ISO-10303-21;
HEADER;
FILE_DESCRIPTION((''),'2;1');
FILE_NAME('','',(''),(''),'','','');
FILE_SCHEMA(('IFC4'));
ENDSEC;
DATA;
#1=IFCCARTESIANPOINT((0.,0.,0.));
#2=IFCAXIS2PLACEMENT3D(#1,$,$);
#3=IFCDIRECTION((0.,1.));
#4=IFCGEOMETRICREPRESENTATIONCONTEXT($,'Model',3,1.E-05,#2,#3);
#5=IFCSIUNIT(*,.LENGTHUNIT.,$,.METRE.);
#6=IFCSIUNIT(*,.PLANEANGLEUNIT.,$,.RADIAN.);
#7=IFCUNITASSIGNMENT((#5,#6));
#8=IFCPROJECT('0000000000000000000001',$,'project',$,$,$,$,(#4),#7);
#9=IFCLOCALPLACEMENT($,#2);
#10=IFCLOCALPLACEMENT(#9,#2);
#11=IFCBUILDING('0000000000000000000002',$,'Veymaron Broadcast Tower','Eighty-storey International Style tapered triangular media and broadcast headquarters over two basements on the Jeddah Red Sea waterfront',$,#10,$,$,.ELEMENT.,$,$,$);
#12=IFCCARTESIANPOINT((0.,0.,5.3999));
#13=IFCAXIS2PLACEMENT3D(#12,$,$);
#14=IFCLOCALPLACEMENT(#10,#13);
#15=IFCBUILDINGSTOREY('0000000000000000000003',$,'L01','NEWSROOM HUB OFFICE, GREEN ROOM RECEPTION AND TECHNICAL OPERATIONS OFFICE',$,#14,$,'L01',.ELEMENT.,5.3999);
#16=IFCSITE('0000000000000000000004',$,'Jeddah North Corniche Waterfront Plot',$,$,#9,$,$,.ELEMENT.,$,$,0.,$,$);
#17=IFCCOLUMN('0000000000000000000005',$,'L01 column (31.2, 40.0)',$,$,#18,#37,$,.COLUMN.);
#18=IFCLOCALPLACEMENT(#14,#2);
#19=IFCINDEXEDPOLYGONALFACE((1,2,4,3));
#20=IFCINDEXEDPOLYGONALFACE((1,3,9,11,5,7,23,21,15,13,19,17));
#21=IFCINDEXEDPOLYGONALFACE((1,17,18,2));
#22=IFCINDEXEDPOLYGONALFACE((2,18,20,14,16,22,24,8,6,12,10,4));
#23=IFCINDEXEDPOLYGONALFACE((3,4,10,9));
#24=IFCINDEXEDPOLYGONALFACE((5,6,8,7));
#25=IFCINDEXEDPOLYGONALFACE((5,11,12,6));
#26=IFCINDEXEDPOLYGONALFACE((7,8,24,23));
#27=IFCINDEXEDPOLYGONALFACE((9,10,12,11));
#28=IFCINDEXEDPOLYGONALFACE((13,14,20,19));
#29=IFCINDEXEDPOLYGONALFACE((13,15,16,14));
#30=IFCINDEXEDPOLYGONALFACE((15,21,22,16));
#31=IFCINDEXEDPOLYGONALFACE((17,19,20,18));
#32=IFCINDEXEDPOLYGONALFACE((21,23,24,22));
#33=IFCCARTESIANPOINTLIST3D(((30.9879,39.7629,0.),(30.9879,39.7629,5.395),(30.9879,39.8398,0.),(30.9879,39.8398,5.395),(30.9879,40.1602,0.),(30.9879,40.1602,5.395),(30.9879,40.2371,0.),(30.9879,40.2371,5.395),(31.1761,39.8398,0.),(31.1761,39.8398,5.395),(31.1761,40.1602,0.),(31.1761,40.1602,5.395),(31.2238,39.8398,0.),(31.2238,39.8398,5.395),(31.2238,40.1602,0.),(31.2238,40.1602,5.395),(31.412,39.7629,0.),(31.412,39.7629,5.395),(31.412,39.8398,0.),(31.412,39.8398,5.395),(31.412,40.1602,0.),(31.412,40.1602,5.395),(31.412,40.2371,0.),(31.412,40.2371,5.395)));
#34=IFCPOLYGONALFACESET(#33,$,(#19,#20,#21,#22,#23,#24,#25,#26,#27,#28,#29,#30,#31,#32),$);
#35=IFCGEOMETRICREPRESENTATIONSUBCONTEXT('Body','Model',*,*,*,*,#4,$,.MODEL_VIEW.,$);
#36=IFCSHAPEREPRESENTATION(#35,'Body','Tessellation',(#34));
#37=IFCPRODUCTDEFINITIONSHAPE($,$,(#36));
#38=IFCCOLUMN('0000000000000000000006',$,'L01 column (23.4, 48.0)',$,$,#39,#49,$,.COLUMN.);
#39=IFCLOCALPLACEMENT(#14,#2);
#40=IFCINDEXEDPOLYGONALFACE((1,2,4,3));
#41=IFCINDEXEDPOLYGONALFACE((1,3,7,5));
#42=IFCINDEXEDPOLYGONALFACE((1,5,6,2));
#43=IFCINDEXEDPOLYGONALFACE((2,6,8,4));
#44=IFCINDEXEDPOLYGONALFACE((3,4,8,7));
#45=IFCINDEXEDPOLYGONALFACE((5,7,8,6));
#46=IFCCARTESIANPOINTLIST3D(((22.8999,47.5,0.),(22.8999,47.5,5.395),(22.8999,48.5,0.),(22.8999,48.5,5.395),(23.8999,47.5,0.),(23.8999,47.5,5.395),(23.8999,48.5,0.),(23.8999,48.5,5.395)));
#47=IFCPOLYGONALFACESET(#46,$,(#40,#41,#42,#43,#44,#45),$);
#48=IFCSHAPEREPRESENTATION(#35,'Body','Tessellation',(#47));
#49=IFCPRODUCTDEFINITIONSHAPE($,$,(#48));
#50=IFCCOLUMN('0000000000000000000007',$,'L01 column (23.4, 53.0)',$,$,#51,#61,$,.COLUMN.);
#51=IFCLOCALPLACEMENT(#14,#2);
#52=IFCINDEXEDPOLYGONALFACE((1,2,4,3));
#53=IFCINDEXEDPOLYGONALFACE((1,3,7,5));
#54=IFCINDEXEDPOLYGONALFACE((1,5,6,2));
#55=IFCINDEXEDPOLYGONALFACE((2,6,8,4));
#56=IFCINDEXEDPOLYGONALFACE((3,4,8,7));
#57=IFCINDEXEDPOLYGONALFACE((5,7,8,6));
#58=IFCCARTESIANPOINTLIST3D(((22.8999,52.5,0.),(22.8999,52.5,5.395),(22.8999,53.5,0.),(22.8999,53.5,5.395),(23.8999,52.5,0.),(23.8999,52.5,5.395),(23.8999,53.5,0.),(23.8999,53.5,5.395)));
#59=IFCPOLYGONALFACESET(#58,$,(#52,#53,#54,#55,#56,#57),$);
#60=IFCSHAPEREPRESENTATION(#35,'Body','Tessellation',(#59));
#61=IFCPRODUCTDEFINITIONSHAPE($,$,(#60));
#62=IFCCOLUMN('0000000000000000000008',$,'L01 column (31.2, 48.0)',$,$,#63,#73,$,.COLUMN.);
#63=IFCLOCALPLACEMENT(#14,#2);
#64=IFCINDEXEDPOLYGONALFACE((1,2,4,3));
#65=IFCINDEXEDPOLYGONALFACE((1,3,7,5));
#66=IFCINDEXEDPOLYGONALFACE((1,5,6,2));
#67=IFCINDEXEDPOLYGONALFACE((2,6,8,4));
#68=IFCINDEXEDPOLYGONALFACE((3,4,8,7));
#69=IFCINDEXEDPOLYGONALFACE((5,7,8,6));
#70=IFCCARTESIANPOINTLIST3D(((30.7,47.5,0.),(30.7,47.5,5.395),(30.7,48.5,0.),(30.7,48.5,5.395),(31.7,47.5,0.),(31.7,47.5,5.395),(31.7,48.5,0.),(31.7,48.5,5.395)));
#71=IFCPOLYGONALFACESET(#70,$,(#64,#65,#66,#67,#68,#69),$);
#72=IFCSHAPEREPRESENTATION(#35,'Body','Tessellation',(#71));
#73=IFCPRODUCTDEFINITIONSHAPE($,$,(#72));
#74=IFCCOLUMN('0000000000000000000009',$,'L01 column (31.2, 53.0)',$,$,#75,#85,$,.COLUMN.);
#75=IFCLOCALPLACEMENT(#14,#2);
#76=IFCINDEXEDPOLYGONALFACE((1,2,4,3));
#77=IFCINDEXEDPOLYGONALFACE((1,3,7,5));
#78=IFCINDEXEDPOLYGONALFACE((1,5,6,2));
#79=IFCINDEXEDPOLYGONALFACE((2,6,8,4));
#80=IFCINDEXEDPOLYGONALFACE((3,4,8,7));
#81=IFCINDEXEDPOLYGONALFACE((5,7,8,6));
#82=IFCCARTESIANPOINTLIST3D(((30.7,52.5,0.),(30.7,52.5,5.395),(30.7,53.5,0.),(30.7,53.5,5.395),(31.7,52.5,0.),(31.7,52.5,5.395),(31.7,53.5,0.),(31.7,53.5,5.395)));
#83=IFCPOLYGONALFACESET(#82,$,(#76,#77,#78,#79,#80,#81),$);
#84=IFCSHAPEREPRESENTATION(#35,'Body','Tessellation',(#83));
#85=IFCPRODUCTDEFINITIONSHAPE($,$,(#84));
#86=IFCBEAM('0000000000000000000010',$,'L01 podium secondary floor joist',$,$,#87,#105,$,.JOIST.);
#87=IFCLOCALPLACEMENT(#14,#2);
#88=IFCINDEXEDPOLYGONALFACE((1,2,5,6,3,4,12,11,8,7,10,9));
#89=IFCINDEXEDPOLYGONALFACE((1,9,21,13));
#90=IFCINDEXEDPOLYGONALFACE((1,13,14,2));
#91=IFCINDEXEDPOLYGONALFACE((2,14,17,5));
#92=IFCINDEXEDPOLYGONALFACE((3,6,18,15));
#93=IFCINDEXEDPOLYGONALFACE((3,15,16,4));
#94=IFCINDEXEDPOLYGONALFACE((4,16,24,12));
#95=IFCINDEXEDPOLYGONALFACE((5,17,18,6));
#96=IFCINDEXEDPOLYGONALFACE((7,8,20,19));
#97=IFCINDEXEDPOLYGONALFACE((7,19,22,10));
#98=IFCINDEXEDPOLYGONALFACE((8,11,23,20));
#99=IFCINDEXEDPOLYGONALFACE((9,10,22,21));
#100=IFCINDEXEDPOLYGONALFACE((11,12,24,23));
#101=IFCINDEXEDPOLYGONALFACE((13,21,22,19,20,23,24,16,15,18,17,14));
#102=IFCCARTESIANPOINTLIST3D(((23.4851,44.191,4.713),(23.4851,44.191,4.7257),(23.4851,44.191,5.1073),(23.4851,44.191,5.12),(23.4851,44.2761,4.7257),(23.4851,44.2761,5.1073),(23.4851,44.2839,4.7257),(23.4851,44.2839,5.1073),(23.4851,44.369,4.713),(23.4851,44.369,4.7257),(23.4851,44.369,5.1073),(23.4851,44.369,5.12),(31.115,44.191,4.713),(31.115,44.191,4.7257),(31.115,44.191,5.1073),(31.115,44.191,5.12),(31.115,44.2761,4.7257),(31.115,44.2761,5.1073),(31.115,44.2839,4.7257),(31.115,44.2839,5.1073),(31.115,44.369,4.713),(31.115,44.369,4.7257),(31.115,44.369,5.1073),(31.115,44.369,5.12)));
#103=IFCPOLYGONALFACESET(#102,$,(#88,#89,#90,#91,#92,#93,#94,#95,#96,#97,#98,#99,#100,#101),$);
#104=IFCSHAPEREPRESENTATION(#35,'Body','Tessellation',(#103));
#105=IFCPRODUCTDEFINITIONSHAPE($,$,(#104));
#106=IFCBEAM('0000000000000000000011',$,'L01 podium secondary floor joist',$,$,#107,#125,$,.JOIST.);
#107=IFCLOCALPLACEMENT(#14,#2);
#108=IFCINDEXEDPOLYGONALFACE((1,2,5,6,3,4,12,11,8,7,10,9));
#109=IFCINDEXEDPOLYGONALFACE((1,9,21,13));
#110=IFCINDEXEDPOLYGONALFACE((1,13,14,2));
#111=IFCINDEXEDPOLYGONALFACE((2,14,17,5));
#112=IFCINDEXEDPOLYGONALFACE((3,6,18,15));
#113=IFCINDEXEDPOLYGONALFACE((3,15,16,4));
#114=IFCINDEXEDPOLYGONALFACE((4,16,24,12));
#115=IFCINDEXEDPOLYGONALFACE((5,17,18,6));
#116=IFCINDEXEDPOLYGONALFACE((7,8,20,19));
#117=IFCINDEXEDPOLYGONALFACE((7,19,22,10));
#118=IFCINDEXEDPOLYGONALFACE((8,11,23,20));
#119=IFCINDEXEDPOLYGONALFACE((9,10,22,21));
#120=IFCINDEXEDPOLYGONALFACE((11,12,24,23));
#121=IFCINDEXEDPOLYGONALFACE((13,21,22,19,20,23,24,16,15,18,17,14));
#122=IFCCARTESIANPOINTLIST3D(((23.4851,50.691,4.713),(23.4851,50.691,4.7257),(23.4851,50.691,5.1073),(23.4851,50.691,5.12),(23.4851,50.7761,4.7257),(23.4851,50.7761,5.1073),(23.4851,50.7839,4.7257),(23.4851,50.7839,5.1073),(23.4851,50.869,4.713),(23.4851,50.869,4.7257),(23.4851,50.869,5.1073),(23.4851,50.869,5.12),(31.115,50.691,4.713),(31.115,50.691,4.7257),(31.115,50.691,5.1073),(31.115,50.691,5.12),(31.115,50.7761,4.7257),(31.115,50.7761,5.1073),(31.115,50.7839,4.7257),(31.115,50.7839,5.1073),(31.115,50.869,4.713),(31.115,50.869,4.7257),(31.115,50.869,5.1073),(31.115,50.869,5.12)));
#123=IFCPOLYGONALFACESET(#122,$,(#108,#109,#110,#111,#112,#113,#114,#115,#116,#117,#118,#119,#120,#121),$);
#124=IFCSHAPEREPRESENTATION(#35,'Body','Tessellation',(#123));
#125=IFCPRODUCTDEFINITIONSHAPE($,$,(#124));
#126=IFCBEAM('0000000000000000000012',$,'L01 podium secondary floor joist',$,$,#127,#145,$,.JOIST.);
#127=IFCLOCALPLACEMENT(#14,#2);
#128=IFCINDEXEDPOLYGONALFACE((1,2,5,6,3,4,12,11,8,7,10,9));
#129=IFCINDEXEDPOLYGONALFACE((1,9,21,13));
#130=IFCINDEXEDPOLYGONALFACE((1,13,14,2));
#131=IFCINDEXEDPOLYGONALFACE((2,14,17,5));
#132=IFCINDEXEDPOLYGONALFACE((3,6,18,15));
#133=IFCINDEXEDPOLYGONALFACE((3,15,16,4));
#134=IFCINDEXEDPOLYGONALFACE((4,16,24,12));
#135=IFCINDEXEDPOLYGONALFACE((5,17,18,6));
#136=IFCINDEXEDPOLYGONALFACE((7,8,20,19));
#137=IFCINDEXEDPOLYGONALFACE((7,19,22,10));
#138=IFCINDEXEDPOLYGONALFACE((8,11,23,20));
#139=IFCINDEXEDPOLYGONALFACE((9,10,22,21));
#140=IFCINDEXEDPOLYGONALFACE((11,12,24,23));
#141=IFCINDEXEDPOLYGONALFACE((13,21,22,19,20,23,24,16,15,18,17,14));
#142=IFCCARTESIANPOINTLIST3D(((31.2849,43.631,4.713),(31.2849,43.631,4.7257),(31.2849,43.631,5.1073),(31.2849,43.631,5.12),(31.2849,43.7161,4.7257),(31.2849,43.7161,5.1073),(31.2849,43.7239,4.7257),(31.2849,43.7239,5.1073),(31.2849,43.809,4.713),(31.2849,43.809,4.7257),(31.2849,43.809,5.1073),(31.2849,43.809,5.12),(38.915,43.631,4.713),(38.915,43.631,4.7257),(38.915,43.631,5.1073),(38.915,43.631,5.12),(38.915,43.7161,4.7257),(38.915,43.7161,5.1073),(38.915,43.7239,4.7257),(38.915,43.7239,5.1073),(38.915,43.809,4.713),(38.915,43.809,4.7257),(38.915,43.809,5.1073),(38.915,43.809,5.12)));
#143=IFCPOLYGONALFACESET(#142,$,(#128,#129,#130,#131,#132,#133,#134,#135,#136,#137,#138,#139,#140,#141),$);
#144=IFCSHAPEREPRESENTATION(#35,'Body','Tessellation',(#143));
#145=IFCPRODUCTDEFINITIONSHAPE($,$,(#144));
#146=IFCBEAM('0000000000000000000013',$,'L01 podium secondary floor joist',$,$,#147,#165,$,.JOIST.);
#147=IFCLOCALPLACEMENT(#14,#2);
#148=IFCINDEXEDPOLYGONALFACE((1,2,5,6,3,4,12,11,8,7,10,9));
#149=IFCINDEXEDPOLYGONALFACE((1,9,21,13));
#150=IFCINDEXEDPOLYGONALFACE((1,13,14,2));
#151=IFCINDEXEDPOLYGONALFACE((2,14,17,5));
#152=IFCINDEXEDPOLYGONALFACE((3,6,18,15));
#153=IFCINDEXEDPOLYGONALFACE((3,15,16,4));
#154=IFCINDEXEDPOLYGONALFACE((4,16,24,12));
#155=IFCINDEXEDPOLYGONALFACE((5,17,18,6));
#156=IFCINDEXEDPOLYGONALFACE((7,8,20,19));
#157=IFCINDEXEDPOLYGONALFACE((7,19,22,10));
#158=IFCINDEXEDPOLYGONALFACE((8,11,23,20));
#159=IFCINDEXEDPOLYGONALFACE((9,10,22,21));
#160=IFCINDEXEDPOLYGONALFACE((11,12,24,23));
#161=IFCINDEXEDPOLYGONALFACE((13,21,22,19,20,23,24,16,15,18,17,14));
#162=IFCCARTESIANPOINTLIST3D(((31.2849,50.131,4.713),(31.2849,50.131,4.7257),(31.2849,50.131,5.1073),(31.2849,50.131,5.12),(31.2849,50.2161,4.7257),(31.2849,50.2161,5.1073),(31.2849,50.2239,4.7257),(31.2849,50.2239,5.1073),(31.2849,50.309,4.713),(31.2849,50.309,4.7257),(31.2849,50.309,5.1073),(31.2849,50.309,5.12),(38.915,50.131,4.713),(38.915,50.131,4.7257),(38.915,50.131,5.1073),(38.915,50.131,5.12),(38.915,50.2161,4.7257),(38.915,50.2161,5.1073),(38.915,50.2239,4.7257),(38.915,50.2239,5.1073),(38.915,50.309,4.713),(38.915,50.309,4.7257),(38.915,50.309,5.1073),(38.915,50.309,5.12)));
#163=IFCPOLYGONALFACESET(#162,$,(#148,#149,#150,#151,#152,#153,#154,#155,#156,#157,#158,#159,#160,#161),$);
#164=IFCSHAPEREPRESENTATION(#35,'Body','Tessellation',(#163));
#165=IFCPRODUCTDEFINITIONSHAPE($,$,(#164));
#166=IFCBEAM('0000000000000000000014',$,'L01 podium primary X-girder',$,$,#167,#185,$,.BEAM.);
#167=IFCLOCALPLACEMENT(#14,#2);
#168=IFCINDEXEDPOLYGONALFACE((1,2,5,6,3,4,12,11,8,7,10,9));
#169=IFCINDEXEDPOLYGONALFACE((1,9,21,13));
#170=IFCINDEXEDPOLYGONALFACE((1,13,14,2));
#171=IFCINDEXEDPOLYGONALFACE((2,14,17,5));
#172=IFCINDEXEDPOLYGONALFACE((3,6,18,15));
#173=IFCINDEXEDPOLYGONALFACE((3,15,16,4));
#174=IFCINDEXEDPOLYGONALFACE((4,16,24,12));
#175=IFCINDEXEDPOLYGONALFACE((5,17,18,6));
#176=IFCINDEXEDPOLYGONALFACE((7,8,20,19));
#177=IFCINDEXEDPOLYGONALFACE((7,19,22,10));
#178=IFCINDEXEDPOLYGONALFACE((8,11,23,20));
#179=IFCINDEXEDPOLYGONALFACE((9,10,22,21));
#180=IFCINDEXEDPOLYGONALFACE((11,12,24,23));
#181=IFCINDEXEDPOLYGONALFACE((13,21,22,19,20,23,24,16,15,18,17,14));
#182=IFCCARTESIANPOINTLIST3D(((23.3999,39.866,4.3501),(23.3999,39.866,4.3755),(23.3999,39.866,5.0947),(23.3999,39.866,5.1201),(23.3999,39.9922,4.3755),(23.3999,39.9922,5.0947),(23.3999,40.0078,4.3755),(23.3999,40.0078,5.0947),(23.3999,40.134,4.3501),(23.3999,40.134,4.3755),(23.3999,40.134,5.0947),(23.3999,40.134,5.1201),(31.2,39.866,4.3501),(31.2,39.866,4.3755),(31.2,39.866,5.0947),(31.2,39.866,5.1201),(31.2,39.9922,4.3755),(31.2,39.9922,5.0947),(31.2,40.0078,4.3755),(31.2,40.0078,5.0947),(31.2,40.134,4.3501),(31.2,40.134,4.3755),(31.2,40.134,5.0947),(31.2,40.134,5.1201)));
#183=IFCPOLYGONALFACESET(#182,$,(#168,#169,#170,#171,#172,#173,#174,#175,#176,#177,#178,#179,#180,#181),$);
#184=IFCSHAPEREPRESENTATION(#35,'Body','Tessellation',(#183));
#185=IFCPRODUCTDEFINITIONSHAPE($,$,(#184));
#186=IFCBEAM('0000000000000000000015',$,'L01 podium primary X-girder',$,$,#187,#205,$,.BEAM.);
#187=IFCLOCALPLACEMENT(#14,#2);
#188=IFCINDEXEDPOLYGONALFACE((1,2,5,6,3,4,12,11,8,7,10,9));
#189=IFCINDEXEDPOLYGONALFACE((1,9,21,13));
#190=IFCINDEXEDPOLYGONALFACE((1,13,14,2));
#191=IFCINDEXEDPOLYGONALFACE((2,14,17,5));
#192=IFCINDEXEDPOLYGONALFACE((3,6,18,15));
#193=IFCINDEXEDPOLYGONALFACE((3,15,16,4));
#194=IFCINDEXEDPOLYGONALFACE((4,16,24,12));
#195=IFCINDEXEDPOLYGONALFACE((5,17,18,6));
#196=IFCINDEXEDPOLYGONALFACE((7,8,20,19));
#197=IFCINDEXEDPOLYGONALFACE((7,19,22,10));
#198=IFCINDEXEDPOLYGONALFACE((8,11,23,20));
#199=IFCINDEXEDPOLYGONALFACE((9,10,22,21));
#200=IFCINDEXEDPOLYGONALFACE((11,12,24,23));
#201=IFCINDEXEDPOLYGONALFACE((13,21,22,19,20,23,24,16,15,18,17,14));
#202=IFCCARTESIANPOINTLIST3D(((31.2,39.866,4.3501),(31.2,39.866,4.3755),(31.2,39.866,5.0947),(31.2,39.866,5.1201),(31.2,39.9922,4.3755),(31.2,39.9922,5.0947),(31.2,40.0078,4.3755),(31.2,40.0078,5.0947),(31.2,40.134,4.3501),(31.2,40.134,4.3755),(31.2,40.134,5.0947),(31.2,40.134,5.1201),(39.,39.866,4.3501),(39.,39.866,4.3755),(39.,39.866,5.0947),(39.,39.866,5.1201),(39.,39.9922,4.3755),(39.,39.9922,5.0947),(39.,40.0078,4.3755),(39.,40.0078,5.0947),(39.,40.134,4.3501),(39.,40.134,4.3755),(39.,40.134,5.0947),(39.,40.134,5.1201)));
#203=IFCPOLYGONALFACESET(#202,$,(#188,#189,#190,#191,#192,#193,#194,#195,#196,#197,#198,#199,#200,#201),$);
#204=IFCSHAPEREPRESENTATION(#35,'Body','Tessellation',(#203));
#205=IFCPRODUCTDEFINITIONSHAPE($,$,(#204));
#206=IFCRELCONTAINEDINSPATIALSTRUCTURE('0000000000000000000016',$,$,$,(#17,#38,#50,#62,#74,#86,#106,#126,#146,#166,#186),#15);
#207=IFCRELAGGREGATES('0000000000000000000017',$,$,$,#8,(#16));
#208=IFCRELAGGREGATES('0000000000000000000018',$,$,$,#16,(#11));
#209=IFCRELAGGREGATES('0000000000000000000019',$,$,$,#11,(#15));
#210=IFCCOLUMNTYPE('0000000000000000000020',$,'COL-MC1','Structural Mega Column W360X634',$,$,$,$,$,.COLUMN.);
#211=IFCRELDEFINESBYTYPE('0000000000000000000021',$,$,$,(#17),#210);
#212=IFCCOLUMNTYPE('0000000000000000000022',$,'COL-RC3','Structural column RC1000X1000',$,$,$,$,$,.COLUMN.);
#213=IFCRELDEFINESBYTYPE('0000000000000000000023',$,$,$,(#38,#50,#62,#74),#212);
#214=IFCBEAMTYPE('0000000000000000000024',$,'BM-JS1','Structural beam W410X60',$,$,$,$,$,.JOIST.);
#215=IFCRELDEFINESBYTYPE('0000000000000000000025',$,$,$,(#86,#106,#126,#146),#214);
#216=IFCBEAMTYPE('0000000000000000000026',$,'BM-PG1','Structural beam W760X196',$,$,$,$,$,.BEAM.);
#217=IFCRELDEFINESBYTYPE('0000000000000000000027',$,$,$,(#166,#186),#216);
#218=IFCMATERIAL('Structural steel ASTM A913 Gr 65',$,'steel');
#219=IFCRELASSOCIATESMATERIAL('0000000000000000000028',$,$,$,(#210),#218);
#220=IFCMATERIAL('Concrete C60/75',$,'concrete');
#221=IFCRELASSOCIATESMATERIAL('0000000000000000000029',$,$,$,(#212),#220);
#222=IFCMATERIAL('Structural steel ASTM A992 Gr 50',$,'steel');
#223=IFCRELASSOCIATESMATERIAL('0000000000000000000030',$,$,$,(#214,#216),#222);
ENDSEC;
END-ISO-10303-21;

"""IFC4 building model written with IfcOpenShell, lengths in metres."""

from ifc_helpers import new_model, si_unit, direction, frame, origin, origin_2d, place, context, subcontext, project, spatial, rectangle, i_section, extrude, material, material_profile, profile_set, type_object, element, save


model = new_model("IFC4")

# Units and contexts
model_context = context("Model", 3, precision=1e-05, world=origin(), true_north=direction((0.0, 1.0)))
body_context = subcontext(model_context, "Body", "Model", "MODEL_VIEW")
ifc_project = project(units=[si_unit("LENGTHUNIT", "METRE"), si_unit("PLANEANGLEUNIT", "RADIAN")], contexts=[model_context])

# Site, building, storey
site_placement = place(None, origin())
site = spatial("IfcSite", under=ifc_project, at=site_placement, Name="Jeddah North Corniche Waterfront Plot", CompositionType="ELEMENT", RefElevation=0.0)
building_placement = place(site_placement, origin())
building = spatial("IfcBuilding", under=site, at=building_placement, Name="Veymaron Broadcast Tower", Description="Eighty-storey International Style tapered triangular media and broadcast headquarters over two basements on the Jeddah Red Sea waterfront", CompositionType="ELEMENT")
storey_placement = place(building_placement, frame((0.0, 0.0, 5.3999)))
storey = spatial("IfcBuildingStorey", under=building, at=storey_placement, Name="L01", Description="NEWSROOM HUB OFFICE, GREEN ROOM RECEPTION AND TECHNICAL OPERATIONS OFFICE", LongName="L01", CompositionType="ELEMENT", Elevation=5.3999)

# Columns
ifc_material_1 = material(Name="Structural steel ASTM A913 Gr 65", Category="steel")
ifc_material_profile_1 = material_profile(ifc_material_1, i_section(OverallWidth=0.4241, OverallDepth=0.4741, WebThickness=0.0476, FlangeThickness=0.0769, at=origin_2d()), Name="W360X634")
ifc_profile_set_1 = profile_set([ifc_material_profile_1], Name="Structural steel ASTM A913 Gr 65")
column_type_1 = type_object("IfcColumnType", Name="COL-MC1", Description="Structural Mega Column W360X634", PredefinedType="COLUMN", material=ifc_profile_set_1)
column_placement = place(storey_placement, frame((31.2, 40.0, 0.0), z_axis=(0.0, 0.0, 1.0), x_axis=(1.0, 0.0, 0.0)))
element("IfcColumn", 1, at=column_placement, inside=storey, type_object=column_type_1, Name="L01 column (31.2, 40.0)", PredefinedType="COLUMN", context=body_context, shape_type="SweptSolid", body=[
    extrude(i_section(OverallWidth=0.4241, OverallDepth=0.4741, WebThickness=0.0476, FlangeThickness=0.0769, at=origin_2d()), origin(), (0.0, 0.0, 1.0), 5.395),
])
ifc_material_2 = material(Name="Concrete C60/75", Category="concrete")
ifc_material_profile_2 = material_profile(ifc_material_2, rectangle(XDim=1.0, YDim=1.0, at=origin_2d()), Name="RC1000X1000")
ifc_profile_set_2 = profile_set([ifc_material_profile_2], Name="Concrete C60/75")
column_type_2 = type_object("IfcColumnType", Name="COL-RC3", Description="Structural column RC1000X1000", PredefinedType="COLUMN", material=ifc_profile_set_2)
for number, where, z_axis, x_axis, name in (
    (2, (23.3999, 48.0, 0.0), (0.0, 0.0, 1.0), (1.0, 0.0, 0.0), "L01 column (23.4, 48.0)"),
    (3, (23.3999, 53.0, 0.0), (0.0, 0.0, 1.0), (1.0, 0.0, 0.0), "L01 column (23.4, 53.0)"),
    (4, (31.2, 48.0, 0.0), (0.0, 0.0, 1.0), (1.0, 0.0, 0.0), "L01 column (31.2, 48.0)"),
    (5, (31.2, 53.0, 0.0), (0.0, 0.0, 1.0), (1.0, 0.0, 0.0), "L01 column (31.2, 53.0)"),
):
    element("IfcColumn", number, at=place(storey_placement, frame(where, z_axis=z_axis, x_axis=x_axis)), inside=storey, type_object=column_type_2, Name=name, PredefinedType="COLUMN", context=body_context, shape_type="SweptSolid", body=[
        extrude(rectangle(XDim=1.0, YDim=1.0, at=origin_2d()), origin(), (0.0, 0.0, 1.0), 5.395),
    ])

# Beams
ifc_material_3 = material(Name="Structural steel ASTM A992 Gr 50", Category="steel")
ifc_material_profile_3 = material_profile(ifc_material_3, i_section(OverallWidth=0.178, OverallDepth=0.407, WebThickness=0.0078, FlangeThickness=0.0127, at=origin_2d()), Name="W410X60")
ifc_profile_set_3 = profile_set([ifc_material_profile_3], Name="Structural steel ASTM A992 Gr 50")
beam_type_1 = type_object("IfcBeamType", Name="BM-JS1", Description="Structural beam W410X60", PredefinedType="JOIST", material=ifc_profile_set_3)
for number, where, z_axis, x_axis, name in (
    (6, (23.4851, 44.28, 4.9165), (1.0, 0.0, 0.0), (0.0, 1.0, 0.0), "L01 podium secondary floor joist"),
    (7, (23.4851, 50.78, 4.9165), (1.0, 0.0, 0.0), (0.0, 1.0, 0.0), "L01 podium secondary floor joist"),
):
    element("IfcBeam", number, at=place(storey_placement, frame(where, z_axis=z_axis, x_axis=x_axis)), inside=storey, type_object=beam_type_1, Name=name, PredefinedType="JOIST", context=body_context, shape_type="SweptSolid", body=[
        extrude(i_section(OverallWidth=0.178, OverallDepth=0.407, WebThickness=0.0078, FlangeThickness=0.0127, at=origin_2d()), origin(), (0.0, 0.0, 1.0), 7.6299),
    ])
for number, where, z_axis, x_axis, name in (
    (8, (31.2849, 43.72, 4.9165), (1.0, 0.0, 0.0), (0.0, 1.0, 0.0), "L01 podium secondary floor joist"),
    (9, (31.2849, 50.22, 4.9165), (1.0, 0.0, 0.0), (0.0, 1.0, 0.0), "L01 podium secondary floor joist"),
):
    element("IfcBeam", number, at=place(storey_placement, frame(where, z_axis=z_axis, x_axis=x_axis)), inside=storey, type_object=beam_type_1, Name=name, PredefinedType="JOIST", context=body_context, shape_type="SweptSolid", body=[
        extrude(i_section(OverallWidth=0.178, OverallDepth=0.407, WebThickness=0.0078, FlangeThickness=0.0127, at=origin_2d()), origin(), (0.0, 0.0, 1.0), 7.6301),
    ])
ifc_material_profile_4 = material_profile(ifc_material_3, i_section(OverallWidth=0.2681, OverallDepth=0.77, WebThickness=0.0156, FlangeThickness=0.0254, at=origin_2d()), Name="W760X196")
ifc_profile_set_4 = profile_set([ifc_material_profile_4], Name="Structural steel ASTM A992 Gr 50")
beam_type_2 = type_object("IfcBeamType", Name="BM-PG1", Description="Structural beam W760X196", PredefinedType="BEAM", material=ifc_profile_set_4)
for number, where, z_axis, x_axis, name in (
    (10, (23.3999, 40.0, 4.7351), (1.0, 0.0, 0.0), (0.0, 1.0, 0.0), "L01 podium primary X-girder"),
    (11, (31.2, 40.0, 4.7351), (1.0, 0.0, 0.0), (0.0, 1.0, 0.0), "L01 podium primary X-girder"),
):
    element("IfcBeam", number, at=place(storey_placement, frame(where, z_axis=z_axis, x_axis=x_axis)), inside=storey, type_object=beam_type_2, Name=name, PredefinedType="BEAM", context=body_context, shape_type="SweptSolid", body=[
        extrude(i_section(OverallWidth=0.2681, OverallDepth=0.77, WebThickness=0.0156, FlangeThickness=0.0254, at=origin_2d()), origin(), (0.0, 0.0, 1.0), 7.8),
    ])

save(model, "model.ifc")
